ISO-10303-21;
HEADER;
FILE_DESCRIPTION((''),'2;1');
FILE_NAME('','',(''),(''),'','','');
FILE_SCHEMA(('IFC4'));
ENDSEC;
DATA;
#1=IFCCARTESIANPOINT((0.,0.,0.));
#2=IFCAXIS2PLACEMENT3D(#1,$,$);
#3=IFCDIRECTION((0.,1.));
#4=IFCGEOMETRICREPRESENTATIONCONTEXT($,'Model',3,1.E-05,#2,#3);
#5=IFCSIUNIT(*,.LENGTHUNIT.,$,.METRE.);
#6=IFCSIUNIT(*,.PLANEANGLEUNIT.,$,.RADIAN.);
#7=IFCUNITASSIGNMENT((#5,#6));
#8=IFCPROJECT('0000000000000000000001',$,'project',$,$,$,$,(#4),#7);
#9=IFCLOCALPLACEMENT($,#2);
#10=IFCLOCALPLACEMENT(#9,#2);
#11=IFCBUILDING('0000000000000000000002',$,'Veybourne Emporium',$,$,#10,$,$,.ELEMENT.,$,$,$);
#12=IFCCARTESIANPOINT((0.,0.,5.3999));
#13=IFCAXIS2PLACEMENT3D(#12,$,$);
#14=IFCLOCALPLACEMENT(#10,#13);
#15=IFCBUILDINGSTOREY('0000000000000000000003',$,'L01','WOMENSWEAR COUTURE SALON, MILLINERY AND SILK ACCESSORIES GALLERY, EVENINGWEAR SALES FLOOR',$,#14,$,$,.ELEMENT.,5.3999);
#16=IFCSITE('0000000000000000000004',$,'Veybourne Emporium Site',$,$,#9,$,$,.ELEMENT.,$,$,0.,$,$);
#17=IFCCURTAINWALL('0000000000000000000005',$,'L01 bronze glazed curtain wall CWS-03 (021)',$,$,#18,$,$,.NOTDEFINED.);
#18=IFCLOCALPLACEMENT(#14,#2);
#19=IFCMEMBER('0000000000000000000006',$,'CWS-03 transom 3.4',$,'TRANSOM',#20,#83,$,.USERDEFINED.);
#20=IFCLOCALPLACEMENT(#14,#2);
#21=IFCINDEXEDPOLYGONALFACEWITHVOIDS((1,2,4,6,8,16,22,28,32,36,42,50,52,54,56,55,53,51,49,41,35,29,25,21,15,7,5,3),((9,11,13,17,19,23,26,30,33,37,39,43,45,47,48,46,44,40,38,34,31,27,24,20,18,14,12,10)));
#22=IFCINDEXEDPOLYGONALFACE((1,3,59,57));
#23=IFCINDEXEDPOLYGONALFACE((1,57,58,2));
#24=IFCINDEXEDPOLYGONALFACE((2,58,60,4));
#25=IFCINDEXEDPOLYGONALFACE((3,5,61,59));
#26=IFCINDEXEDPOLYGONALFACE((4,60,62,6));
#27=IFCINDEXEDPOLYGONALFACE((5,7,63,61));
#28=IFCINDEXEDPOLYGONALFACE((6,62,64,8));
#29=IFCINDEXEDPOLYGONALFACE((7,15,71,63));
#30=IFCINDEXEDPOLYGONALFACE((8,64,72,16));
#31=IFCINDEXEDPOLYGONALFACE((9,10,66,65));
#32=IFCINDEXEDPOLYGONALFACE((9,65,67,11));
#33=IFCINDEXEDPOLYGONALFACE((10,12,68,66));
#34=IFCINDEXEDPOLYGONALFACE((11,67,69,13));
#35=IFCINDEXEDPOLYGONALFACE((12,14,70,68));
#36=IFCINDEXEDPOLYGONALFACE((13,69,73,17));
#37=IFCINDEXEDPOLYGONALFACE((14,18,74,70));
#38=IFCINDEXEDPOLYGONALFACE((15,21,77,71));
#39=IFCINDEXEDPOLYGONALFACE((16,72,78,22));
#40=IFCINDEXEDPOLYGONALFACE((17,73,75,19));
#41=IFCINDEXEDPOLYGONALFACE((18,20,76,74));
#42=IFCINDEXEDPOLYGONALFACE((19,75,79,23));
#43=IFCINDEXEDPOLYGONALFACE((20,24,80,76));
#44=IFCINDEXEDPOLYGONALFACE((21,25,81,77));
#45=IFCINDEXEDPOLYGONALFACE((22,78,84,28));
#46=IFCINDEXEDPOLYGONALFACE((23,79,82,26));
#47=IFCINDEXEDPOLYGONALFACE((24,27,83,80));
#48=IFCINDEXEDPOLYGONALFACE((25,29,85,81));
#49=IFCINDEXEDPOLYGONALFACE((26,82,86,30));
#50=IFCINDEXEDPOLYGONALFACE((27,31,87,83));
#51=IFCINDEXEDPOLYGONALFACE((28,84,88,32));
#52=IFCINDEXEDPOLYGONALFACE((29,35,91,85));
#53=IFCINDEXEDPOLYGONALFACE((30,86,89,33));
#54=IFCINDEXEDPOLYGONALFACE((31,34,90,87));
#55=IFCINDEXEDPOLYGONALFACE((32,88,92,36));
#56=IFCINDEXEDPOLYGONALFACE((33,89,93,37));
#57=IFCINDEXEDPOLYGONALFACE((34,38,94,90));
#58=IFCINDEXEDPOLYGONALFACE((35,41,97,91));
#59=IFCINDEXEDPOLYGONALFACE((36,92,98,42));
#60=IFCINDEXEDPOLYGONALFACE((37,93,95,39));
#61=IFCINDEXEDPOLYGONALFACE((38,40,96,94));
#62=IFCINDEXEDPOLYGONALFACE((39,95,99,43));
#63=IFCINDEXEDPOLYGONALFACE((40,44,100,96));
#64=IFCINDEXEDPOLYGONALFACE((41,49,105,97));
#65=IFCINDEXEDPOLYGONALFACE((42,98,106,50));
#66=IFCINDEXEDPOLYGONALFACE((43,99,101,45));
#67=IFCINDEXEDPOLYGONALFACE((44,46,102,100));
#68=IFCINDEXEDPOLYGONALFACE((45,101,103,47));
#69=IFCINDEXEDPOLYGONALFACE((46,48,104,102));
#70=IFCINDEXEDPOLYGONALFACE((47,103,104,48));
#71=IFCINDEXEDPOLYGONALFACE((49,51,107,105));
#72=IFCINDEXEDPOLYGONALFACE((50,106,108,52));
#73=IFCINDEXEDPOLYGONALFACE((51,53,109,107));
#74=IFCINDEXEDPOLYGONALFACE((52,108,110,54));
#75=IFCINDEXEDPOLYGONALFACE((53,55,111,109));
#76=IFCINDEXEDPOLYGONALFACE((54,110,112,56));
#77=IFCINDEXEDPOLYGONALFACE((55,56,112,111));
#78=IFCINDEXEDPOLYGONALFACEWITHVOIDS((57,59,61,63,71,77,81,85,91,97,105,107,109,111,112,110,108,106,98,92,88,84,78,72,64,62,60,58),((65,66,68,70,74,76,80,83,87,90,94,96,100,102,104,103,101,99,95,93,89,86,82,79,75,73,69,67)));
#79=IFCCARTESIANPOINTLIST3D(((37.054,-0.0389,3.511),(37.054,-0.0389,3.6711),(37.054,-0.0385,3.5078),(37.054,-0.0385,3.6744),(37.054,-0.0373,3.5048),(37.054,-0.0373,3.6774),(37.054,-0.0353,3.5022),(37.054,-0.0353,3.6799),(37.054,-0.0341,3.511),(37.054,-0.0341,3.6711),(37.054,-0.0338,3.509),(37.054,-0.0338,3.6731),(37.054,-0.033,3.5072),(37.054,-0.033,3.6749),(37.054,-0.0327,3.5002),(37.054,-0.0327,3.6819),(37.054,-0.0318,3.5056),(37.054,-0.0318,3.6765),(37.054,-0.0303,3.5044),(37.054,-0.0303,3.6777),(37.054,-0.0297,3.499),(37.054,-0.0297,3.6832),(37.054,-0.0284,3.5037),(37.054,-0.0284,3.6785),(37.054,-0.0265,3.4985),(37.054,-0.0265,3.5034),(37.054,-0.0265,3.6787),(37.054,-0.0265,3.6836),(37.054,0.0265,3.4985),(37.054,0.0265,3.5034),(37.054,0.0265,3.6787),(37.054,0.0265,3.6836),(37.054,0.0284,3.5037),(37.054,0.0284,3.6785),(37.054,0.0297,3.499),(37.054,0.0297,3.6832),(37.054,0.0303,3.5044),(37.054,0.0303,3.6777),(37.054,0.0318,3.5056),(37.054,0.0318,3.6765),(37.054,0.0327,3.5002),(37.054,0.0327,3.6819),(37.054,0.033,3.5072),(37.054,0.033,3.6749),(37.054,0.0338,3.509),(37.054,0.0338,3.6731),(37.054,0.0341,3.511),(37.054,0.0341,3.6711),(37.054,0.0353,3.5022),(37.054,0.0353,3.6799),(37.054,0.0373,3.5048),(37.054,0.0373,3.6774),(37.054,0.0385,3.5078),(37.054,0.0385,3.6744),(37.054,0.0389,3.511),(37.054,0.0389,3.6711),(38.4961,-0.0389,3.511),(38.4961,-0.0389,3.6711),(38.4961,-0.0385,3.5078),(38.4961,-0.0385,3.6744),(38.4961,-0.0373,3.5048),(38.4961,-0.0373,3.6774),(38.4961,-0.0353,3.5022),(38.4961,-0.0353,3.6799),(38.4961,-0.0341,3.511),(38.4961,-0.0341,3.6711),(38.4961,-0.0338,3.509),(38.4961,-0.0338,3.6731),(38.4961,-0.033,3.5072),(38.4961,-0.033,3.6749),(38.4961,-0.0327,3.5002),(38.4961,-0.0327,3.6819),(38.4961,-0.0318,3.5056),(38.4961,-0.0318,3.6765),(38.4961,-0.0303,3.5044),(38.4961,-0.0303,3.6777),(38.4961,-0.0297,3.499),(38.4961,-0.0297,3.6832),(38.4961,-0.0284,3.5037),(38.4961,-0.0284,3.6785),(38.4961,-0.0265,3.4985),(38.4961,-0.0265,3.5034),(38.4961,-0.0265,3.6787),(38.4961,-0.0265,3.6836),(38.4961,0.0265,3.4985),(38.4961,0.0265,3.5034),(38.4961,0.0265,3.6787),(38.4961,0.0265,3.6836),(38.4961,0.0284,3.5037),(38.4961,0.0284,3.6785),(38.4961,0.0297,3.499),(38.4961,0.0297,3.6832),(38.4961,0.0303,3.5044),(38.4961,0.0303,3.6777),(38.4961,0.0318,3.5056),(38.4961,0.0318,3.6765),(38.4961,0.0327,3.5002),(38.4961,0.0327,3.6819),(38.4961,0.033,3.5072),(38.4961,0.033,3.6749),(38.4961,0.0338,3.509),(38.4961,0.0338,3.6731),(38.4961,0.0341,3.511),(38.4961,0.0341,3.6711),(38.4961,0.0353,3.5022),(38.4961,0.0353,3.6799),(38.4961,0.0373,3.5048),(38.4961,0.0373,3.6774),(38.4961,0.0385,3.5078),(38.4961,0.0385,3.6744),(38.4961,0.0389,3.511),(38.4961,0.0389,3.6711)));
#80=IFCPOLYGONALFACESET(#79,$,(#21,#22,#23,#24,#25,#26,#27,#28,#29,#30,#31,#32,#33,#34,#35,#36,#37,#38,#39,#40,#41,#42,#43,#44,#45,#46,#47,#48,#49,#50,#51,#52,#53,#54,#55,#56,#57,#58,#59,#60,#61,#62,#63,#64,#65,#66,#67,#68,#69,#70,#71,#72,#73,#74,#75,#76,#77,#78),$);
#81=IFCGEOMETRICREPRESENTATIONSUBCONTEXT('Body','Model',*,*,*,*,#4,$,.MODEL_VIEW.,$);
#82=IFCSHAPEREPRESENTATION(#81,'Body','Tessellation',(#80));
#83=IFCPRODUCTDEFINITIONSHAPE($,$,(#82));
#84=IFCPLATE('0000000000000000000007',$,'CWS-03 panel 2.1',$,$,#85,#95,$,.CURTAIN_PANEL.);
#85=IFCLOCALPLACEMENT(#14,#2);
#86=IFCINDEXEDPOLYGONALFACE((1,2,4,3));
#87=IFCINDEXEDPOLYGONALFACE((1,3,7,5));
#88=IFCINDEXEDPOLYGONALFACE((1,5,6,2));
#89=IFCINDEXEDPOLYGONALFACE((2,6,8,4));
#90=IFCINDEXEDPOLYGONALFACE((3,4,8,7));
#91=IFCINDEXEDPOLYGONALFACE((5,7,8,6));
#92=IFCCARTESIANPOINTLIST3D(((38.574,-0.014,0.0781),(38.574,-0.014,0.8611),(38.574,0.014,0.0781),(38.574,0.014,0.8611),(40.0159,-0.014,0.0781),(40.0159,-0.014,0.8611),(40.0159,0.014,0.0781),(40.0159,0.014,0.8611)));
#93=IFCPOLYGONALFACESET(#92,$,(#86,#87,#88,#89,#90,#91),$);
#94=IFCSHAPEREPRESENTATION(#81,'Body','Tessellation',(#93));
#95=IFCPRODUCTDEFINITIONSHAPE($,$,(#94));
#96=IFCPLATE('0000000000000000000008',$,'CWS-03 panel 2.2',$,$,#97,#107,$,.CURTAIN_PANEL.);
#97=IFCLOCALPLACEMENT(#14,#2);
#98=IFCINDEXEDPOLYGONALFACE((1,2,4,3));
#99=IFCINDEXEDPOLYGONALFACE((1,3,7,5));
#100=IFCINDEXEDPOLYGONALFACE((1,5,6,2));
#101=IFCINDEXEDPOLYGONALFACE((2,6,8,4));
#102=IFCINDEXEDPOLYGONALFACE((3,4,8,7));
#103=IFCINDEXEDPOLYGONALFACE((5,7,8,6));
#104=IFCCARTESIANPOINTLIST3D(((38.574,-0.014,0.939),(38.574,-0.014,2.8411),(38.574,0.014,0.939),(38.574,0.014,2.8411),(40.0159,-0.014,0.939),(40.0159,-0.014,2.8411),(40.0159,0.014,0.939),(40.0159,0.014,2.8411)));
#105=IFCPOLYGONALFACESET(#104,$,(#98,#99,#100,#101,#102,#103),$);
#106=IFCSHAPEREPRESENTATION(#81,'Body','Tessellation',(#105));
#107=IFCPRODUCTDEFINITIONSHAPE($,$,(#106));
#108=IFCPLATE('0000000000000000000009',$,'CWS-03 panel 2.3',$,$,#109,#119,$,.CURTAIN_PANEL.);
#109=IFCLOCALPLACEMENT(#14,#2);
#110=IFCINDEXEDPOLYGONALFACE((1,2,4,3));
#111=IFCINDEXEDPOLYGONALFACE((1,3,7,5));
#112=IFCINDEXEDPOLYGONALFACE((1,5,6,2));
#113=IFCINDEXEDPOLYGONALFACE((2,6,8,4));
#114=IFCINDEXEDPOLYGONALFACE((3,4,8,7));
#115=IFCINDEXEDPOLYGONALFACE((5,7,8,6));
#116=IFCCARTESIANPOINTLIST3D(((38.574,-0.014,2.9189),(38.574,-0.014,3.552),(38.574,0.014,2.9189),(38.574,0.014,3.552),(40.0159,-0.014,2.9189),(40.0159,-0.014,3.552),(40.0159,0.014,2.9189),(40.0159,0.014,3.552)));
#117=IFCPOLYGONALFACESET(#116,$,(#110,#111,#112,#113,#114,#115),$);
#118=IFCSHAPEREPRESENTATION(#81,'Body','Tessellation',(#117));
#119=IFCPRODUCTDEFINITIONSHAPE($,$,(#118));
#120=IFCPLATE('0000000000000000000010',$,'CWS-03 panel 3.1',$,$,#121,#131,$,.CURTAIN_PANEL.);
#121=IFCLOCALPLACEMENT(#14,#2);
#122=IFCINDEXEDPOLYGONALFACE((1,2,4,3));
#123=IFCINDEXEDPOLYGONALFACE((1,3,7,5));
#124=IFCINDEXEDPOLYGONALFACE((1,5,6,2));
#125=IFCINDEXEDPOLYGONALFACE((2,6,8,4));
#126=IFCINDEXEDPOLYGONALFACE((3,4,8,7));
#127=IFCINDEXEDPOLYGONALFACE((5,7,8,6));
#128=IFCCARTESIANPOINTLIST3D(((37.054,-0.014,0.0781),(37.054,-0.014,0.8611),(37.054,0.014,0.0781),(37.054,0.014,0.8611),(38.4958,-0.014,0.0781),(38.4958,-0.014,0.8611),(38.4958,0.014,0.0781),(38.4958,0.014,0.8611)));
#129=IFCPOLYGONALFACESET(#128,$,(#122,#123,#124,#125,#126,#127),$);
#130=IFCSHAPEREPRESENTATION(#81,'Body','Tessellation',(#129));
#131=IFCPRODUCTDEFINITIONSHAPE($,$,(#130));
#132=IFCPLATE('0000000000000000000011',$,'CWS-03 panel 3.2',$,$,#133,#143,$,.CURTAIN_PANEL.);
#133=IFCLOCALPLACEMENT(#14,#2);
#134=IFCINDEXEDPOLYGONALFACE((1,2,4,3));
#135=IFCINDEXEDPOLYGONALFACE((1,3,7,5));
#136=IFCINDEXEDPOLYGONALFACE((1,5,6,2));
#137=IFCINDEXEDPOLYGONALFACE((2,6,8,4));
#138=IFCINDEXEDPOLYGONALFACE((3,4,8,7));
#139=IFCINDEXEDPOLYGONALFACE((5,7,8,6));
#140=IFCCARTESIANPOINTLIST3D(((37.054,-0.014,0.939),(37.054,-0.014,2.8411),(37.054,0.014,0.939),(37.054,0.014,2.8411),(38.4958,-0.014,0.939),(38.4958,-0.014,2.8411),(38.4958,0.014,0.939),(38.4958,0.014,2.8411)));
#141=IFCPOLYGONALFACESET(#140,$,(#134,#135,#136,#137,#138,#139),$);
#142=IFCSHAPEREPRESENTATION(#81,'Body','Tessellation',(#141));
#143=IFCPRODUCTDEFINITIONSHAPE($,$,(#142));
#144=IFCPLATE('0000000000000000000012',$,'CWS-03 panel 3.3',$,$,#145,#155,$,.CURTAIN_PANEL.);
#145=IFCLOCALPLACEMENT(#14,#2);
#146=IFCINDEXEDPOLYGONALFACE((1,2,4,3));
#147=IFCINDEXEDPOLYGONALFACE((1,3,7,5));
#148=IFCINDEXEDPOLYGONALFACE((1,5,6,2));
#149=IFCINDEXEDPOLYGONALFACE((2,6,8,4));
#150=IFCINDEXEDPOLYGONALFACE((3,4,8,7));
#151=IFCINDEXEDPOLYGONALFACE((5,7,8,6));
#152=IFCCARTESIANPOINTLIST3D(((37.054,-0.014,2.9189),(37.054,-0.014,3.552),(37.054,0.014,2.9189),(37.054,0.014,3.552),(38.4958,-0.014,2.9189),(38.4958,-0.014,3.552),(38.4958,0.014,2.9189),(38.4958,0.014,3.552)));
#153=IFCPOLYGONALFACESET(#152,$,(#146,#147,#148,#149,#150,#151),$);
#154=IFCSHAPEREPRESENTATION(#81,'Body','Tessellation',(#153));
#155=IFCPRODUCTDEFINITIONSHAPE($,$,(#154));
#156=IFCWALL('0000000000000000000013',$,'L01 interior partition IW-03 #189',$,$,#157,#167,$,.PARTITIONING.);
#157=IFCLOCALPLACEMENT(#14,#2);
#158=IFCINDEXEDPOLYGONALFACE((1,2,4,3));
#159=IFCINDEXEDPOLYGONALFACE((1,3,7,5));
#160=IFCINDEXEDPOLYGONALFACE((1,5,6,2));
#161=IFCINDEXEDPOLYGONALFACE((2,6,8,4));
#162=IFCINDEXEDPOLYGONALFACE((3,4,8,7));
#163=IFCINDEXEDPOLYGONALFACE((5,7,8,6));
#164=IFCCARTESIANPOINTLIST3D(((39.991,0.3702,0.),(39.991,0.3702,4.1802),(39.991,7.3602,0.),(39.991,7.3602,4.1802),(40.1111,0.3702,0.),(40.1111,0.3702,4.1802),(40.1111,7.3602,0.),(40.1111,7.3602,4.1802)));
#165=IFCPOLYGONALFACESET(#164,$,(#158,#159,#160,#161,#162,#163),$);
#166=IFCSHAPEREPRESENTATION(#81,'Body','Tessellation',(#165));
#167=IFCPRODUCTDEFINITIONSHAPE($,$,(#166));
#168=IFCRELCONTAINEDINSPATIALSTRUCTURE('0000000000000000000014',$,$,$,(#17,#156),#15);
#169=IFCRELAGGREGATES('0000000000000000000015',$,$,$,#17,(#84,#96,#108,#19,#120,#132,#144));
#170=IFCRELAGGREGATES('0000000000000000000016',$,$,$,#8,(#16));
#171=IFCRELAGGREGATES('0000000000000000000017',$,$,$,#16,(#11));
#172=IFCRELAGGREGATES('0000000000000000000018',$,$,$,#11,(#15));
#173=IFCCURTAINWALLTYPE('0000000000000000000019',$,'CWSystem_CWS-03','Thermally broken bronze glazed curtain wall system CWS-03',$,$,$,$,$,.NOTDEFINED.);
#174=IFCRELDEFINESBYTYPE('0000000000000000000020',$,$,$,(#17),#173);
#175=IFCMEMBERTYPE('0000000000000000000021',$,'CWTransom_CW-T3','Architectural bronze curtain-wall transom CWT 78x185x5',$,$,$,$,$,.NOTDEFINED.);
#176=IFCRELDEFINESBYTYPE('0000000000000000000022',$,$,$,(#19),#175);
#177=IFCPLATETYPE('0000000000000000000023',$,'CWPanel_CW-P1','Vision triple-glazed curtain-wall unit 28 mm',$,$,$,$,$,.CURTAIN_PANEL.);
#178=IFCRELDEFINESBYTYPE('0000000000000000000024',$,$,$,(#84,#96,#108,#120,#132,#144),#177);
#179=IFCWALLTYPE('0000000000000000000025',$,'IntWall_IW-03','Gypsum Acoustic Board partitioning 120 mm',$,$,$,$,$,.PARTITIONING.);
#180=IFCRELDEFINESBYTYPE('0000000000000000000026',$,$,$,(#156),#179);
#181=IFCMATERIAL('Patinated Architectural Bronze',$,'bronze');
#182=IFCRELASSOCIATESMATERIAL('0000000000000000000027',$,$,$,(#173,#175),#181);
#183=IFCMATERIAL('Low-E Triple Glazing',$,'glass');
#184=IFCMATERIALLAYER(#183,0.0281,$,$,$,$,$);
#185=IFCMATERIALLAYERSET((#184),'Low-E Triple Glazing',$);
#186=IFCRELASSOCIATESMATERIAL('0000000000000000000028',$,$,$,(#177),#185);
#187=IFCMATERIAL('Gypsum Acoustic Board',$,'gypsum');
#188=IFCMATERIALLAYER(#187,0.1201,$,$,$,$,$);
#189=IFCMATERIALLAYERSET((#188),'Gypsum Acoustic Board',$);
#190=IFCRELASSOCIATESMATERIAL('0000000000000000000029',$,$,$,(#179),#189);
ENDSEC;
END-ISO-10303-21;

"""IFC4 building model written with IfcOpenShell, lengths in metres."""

from ifc_helpers import new_model, si_unit, direction, frame, frame_2d, origin, origin_2d, place, context, subcontext, project, spatial, rectangle, hollow_rectangle, extrude, material, layer, layer_set, material_profile, profile_set, type_object, element, aggregate, save


model = new_model("IFC4")

# Units and contexts
model_context = context("Model", 3, precision=1e-05, world=origin(), true_north=direction((0.0, 1.0)))
body_context = subcontext(model_context, "Body", "Model", "MODEL_VIEW")
ifc_project = project(units=[si_unit("LENGTHUNIT", "METRE"), si_unit("PLANEANGLEUNIT", "RADIAN")], contexts=[model_context])

# Site, building, storey
site_placement = place(None, origin())
site = spatial("IfcSite", under=ifc_project, at=site_placement, Name="Veybourne Emporium Site", CompositionType="ELEMENT", RefElevation=0.0)
building_placement = place(site_placement, origin())
building = spatial("IfcBuilding", under=site, at=building_placement, Name="Veybourne Emporium", CompositionType="ELEMENT")
storey_placement = place(building_placement, frame((0.0, 0.0, 5.3999)))
storey = spatial("IfcBuildingStorey", under=building, at=storey_placement, Name="L01", Description="WOMENSWEAR COUTURE SALON, MILLINERY AND SILK ACCESSORIES GALLERY, EVENINGWEAR SALES FLOOR", CompositionType="ELEMENT", Elevation=5.3999)

# Curtain wall, member, plates
ifc_material_1 = material(Name="Patinated Architectural Bronze", Category="bronze")
curtain_wall_type = type_object("IfcCurtainWallType", Name="CWSystem_CWS-03", Description="Thermally broken bronze glazed curtain wall system CWS-03", PredefinedType="NOTDEFINED", material=ifc_material_1)
curtain_wall_placement = place(storey_placement, origin())
curtain_wall = element("IfcCurtainWall", 1, at=curtain_wall_placement, inside=storey, type_object=curtain_wall_type, Name="L01 bronze glazed curtain wall CWS-03 (021)", PredefinedType="NOTDEFINED")
ifc_material_profile_1 = material_profile(ifc_material_1, hollow_rectangle(XDim=0.0779, YDim=0.1851, WallThickness=0.0049, InnerFilletRadius=0.0076, OuterFilletRadius=0.0125, at=origin_2d()), Name="CWT 78x185x5")
ifc_profile_set_1 = profile_set([ifc_material_profile_1], Name="Patinated Architectural Bronze")
member_type_1 = type_object("IfcMemberType", Name="CWTransom_CW-T3", Description="Architectural bronze curtain-wall transom CWT 78x185x5", PredefinedType="NOTDEFINED", material=ifc_profile_set_1)
member_1_placement = place(storey_placement, frame((38.4961, 0.0, 3.5911), z_axis=(-1.0, 0.0, 0.0), x_axis=(0.0, -1.0, 0.0)))
member_1 = element("IfcMember", 2, at=member_1_placement, type_object=member_type_1, Name="CWS-03 transom 3.4", ObjectType="TRANSOM", PredefinedType="USERDEFINED", context=body_context, shape_type="SweptSolid", body=[
    extrude(hollow_rectangle(XDim=0.0779, YDim=0.1851, WallThickness=0.0049, InnerFilletRadius=0.0076, OuterFilletRadius=0.0125, at=origin_2d()), origin(), (0.0, 0.0, 1.0), 1.4421),
])
ifc_material_2 = material(Name="Low-E Triple Glazing", Category="glass")
ifc_layer_1 = layer(ifc_material_2, 0.0281)
ifc_layer_set_1 = layer_set([ifc_layer_1], Name="Low-E Triple Glazing")
plate_type = type_object("IfcPlateType", Name="CWPanel_CW-P1", Description="Vision triple-glazed curtain-wall unit 28 mm", PredefinedType="CURTAIN_PANEL", material=ifc_layer_set_1)
plate_1_placement = place(storey_placement, frame((39.2949, 0.0, 0.0781), z_axis=(0.0, 0.0, 1.0), x_axis=(-1.0, 0.0, 0.0)))
plate_1 = element("IfcPlate", 3, at=plate_1_placement, type_object=plate_type, Name="CWS-03 panel 2.1", PredefinedType="CURTAIN_PANEL", context=body_context, shape_type="SweptSolid", body=[
    extrude(rectangle(XDim=1.4419, YDim=0.0281, at=origin_2d()), origin(), (0.0, 0.0, 1.0), 0.783),
])
plate_2_placement = place(storey_placement, frame((39.2949, 0.0, 0.939), z_axis=(0.0, 0.0, 1.0), x_axis=(-1.0, 0.0, 0.0)))
plate_2 = element("IfcPlate", 4, at=plate_2_placement, type_object=plate_type, Name="CWS-03 panel 2.2", PredefinedType="CURTAIN_PANEL", context=body_context, shape_type="SweptSolid", body=[
    extrude(rectangle(XDim=1.4419, YDim=0.0281, at=origin_2d()), origin(), (0.0, 0.0, 1.0), 1.9021),
])
plate_3_placement = place(storey_placement, frame((39.2949, 0.0, 2.9189), z_axis=(0.0, 0.0, 1.0), x_axis=(-1.0, 0.0, 0.0)))
plate_3 = element("IfcPlate", 5, at=plate_3_placement, type_object=plate_type, Name="CWS-03 panel 2.3", PredefinedType="CURTAIN_PANEL", context=body_context, shape_type="SweptSolid", body=[
    extrude(rectangle(XDim=1.4419, YDim=0.0281, at=origin_2d()), origin(), (0.0, 0.0, 1.0), 0.6331),
])
plate_4_placement = place(storey_placement, frame((37.7749, 0.0, 0.0781), z_axis=(0.0, 0.0, 1.0), x_axis=(-1.0, 0.0, 0.0)))
plate_4 = element("IfcPlate", 6, at=plate_4_placement, type_object=plate_type, Name="CWS-03 panel 3.1", PredefinedType="CURTAIN_PANEL", context=body_context, shape_type="SweptSolid", body=[
    extrude(rectangle(XDim=1.4419, YDim=0.0281, at=origin_2d()), origin(), (0.0, 0.0, 1.0), 0.783),
])
plate_5_placement = place(storey_placement, frame((37.7749, 0.0, 0.939), z_axis=(0.0, 0.0, 1.0), x_axis=(-1.0, 0.0, 0.0)))
plate_5 = element("IfcPlate", 7, at=plate_5_placement, type_object=plate_type, Name="CWS-03 panel 3.2", PredefinedType="CURTAIN_PANEL", context=body_context, shape_type="SweptSolid", body=[
    extrude(rectangle(XDim=1.4419, YDim=0.0281, at=origin_2d()), origin(), (0.0, 0.0, 1.0), 1.9021),
])
plate_6_placement = place(storey_placement, frame((37.7749, 0.0, 2.9189), z_axis=(0.0, 0.0, 1.0), x_axis=(-1.0, 0.0, 0.0)))
plate_6 = element("IfcPlate", 8, at=plate_6_placement, type_object=plate_type, Name="CWS-03 panel 3.3", PredefinedType="CURTAIN_PANEL", context=body_context, shape_type="SweptSolid", body=[
    extrude(rectangle(XDim=1.4419, YDim=0.0281, at=origin_2d()), origin(), (0.0, 0.0, 1.0), 0.6331),
])
aggregate(curtain_wall, [plate_1, plate_2, plate_3, member_1, plate_4, plate_5, plate_6])

# Wall
ifc_material_3 = material(Name="Gypsum Acoustic Board", Category="gypsum")
ifc_layer_2 = layer(ifc_material_3, 0.1201)
ifc_layer_set_2 = layer_set([ifc_layer_2], Name="Gypsum Acoustic Board")
wall_type = type_object("IfcWallType", Name="IntWall_IW-03", Description="Gypsum Acoustic Board partitioning 120 mm", PredefinedType="PARTITIONING", material=ifc_layer_set_2)
wall_placement = place(storey_placement, frame((40.051, 0.3701, 0.0), z_axis=(0.0, 0.0, 1.0), x_axis=(0.0, 1.0, 0.0)))
element("IfcWall", 9, at=wall_placement, inside=storey, type_object=wall_type, Name="L01 interior partition IW-03 #189", PredefinedType="PARTITIONING", context=body_context, shape_type="SweptSolid", body=[
    extrude(rectangle(XDim=6.99, YDim=0.1201, at=frame_2d((3.4951, 0.0))), origin(), (0.0, 0.0, 1.0), 4.1802),
])

save(model, "model.ifc")
